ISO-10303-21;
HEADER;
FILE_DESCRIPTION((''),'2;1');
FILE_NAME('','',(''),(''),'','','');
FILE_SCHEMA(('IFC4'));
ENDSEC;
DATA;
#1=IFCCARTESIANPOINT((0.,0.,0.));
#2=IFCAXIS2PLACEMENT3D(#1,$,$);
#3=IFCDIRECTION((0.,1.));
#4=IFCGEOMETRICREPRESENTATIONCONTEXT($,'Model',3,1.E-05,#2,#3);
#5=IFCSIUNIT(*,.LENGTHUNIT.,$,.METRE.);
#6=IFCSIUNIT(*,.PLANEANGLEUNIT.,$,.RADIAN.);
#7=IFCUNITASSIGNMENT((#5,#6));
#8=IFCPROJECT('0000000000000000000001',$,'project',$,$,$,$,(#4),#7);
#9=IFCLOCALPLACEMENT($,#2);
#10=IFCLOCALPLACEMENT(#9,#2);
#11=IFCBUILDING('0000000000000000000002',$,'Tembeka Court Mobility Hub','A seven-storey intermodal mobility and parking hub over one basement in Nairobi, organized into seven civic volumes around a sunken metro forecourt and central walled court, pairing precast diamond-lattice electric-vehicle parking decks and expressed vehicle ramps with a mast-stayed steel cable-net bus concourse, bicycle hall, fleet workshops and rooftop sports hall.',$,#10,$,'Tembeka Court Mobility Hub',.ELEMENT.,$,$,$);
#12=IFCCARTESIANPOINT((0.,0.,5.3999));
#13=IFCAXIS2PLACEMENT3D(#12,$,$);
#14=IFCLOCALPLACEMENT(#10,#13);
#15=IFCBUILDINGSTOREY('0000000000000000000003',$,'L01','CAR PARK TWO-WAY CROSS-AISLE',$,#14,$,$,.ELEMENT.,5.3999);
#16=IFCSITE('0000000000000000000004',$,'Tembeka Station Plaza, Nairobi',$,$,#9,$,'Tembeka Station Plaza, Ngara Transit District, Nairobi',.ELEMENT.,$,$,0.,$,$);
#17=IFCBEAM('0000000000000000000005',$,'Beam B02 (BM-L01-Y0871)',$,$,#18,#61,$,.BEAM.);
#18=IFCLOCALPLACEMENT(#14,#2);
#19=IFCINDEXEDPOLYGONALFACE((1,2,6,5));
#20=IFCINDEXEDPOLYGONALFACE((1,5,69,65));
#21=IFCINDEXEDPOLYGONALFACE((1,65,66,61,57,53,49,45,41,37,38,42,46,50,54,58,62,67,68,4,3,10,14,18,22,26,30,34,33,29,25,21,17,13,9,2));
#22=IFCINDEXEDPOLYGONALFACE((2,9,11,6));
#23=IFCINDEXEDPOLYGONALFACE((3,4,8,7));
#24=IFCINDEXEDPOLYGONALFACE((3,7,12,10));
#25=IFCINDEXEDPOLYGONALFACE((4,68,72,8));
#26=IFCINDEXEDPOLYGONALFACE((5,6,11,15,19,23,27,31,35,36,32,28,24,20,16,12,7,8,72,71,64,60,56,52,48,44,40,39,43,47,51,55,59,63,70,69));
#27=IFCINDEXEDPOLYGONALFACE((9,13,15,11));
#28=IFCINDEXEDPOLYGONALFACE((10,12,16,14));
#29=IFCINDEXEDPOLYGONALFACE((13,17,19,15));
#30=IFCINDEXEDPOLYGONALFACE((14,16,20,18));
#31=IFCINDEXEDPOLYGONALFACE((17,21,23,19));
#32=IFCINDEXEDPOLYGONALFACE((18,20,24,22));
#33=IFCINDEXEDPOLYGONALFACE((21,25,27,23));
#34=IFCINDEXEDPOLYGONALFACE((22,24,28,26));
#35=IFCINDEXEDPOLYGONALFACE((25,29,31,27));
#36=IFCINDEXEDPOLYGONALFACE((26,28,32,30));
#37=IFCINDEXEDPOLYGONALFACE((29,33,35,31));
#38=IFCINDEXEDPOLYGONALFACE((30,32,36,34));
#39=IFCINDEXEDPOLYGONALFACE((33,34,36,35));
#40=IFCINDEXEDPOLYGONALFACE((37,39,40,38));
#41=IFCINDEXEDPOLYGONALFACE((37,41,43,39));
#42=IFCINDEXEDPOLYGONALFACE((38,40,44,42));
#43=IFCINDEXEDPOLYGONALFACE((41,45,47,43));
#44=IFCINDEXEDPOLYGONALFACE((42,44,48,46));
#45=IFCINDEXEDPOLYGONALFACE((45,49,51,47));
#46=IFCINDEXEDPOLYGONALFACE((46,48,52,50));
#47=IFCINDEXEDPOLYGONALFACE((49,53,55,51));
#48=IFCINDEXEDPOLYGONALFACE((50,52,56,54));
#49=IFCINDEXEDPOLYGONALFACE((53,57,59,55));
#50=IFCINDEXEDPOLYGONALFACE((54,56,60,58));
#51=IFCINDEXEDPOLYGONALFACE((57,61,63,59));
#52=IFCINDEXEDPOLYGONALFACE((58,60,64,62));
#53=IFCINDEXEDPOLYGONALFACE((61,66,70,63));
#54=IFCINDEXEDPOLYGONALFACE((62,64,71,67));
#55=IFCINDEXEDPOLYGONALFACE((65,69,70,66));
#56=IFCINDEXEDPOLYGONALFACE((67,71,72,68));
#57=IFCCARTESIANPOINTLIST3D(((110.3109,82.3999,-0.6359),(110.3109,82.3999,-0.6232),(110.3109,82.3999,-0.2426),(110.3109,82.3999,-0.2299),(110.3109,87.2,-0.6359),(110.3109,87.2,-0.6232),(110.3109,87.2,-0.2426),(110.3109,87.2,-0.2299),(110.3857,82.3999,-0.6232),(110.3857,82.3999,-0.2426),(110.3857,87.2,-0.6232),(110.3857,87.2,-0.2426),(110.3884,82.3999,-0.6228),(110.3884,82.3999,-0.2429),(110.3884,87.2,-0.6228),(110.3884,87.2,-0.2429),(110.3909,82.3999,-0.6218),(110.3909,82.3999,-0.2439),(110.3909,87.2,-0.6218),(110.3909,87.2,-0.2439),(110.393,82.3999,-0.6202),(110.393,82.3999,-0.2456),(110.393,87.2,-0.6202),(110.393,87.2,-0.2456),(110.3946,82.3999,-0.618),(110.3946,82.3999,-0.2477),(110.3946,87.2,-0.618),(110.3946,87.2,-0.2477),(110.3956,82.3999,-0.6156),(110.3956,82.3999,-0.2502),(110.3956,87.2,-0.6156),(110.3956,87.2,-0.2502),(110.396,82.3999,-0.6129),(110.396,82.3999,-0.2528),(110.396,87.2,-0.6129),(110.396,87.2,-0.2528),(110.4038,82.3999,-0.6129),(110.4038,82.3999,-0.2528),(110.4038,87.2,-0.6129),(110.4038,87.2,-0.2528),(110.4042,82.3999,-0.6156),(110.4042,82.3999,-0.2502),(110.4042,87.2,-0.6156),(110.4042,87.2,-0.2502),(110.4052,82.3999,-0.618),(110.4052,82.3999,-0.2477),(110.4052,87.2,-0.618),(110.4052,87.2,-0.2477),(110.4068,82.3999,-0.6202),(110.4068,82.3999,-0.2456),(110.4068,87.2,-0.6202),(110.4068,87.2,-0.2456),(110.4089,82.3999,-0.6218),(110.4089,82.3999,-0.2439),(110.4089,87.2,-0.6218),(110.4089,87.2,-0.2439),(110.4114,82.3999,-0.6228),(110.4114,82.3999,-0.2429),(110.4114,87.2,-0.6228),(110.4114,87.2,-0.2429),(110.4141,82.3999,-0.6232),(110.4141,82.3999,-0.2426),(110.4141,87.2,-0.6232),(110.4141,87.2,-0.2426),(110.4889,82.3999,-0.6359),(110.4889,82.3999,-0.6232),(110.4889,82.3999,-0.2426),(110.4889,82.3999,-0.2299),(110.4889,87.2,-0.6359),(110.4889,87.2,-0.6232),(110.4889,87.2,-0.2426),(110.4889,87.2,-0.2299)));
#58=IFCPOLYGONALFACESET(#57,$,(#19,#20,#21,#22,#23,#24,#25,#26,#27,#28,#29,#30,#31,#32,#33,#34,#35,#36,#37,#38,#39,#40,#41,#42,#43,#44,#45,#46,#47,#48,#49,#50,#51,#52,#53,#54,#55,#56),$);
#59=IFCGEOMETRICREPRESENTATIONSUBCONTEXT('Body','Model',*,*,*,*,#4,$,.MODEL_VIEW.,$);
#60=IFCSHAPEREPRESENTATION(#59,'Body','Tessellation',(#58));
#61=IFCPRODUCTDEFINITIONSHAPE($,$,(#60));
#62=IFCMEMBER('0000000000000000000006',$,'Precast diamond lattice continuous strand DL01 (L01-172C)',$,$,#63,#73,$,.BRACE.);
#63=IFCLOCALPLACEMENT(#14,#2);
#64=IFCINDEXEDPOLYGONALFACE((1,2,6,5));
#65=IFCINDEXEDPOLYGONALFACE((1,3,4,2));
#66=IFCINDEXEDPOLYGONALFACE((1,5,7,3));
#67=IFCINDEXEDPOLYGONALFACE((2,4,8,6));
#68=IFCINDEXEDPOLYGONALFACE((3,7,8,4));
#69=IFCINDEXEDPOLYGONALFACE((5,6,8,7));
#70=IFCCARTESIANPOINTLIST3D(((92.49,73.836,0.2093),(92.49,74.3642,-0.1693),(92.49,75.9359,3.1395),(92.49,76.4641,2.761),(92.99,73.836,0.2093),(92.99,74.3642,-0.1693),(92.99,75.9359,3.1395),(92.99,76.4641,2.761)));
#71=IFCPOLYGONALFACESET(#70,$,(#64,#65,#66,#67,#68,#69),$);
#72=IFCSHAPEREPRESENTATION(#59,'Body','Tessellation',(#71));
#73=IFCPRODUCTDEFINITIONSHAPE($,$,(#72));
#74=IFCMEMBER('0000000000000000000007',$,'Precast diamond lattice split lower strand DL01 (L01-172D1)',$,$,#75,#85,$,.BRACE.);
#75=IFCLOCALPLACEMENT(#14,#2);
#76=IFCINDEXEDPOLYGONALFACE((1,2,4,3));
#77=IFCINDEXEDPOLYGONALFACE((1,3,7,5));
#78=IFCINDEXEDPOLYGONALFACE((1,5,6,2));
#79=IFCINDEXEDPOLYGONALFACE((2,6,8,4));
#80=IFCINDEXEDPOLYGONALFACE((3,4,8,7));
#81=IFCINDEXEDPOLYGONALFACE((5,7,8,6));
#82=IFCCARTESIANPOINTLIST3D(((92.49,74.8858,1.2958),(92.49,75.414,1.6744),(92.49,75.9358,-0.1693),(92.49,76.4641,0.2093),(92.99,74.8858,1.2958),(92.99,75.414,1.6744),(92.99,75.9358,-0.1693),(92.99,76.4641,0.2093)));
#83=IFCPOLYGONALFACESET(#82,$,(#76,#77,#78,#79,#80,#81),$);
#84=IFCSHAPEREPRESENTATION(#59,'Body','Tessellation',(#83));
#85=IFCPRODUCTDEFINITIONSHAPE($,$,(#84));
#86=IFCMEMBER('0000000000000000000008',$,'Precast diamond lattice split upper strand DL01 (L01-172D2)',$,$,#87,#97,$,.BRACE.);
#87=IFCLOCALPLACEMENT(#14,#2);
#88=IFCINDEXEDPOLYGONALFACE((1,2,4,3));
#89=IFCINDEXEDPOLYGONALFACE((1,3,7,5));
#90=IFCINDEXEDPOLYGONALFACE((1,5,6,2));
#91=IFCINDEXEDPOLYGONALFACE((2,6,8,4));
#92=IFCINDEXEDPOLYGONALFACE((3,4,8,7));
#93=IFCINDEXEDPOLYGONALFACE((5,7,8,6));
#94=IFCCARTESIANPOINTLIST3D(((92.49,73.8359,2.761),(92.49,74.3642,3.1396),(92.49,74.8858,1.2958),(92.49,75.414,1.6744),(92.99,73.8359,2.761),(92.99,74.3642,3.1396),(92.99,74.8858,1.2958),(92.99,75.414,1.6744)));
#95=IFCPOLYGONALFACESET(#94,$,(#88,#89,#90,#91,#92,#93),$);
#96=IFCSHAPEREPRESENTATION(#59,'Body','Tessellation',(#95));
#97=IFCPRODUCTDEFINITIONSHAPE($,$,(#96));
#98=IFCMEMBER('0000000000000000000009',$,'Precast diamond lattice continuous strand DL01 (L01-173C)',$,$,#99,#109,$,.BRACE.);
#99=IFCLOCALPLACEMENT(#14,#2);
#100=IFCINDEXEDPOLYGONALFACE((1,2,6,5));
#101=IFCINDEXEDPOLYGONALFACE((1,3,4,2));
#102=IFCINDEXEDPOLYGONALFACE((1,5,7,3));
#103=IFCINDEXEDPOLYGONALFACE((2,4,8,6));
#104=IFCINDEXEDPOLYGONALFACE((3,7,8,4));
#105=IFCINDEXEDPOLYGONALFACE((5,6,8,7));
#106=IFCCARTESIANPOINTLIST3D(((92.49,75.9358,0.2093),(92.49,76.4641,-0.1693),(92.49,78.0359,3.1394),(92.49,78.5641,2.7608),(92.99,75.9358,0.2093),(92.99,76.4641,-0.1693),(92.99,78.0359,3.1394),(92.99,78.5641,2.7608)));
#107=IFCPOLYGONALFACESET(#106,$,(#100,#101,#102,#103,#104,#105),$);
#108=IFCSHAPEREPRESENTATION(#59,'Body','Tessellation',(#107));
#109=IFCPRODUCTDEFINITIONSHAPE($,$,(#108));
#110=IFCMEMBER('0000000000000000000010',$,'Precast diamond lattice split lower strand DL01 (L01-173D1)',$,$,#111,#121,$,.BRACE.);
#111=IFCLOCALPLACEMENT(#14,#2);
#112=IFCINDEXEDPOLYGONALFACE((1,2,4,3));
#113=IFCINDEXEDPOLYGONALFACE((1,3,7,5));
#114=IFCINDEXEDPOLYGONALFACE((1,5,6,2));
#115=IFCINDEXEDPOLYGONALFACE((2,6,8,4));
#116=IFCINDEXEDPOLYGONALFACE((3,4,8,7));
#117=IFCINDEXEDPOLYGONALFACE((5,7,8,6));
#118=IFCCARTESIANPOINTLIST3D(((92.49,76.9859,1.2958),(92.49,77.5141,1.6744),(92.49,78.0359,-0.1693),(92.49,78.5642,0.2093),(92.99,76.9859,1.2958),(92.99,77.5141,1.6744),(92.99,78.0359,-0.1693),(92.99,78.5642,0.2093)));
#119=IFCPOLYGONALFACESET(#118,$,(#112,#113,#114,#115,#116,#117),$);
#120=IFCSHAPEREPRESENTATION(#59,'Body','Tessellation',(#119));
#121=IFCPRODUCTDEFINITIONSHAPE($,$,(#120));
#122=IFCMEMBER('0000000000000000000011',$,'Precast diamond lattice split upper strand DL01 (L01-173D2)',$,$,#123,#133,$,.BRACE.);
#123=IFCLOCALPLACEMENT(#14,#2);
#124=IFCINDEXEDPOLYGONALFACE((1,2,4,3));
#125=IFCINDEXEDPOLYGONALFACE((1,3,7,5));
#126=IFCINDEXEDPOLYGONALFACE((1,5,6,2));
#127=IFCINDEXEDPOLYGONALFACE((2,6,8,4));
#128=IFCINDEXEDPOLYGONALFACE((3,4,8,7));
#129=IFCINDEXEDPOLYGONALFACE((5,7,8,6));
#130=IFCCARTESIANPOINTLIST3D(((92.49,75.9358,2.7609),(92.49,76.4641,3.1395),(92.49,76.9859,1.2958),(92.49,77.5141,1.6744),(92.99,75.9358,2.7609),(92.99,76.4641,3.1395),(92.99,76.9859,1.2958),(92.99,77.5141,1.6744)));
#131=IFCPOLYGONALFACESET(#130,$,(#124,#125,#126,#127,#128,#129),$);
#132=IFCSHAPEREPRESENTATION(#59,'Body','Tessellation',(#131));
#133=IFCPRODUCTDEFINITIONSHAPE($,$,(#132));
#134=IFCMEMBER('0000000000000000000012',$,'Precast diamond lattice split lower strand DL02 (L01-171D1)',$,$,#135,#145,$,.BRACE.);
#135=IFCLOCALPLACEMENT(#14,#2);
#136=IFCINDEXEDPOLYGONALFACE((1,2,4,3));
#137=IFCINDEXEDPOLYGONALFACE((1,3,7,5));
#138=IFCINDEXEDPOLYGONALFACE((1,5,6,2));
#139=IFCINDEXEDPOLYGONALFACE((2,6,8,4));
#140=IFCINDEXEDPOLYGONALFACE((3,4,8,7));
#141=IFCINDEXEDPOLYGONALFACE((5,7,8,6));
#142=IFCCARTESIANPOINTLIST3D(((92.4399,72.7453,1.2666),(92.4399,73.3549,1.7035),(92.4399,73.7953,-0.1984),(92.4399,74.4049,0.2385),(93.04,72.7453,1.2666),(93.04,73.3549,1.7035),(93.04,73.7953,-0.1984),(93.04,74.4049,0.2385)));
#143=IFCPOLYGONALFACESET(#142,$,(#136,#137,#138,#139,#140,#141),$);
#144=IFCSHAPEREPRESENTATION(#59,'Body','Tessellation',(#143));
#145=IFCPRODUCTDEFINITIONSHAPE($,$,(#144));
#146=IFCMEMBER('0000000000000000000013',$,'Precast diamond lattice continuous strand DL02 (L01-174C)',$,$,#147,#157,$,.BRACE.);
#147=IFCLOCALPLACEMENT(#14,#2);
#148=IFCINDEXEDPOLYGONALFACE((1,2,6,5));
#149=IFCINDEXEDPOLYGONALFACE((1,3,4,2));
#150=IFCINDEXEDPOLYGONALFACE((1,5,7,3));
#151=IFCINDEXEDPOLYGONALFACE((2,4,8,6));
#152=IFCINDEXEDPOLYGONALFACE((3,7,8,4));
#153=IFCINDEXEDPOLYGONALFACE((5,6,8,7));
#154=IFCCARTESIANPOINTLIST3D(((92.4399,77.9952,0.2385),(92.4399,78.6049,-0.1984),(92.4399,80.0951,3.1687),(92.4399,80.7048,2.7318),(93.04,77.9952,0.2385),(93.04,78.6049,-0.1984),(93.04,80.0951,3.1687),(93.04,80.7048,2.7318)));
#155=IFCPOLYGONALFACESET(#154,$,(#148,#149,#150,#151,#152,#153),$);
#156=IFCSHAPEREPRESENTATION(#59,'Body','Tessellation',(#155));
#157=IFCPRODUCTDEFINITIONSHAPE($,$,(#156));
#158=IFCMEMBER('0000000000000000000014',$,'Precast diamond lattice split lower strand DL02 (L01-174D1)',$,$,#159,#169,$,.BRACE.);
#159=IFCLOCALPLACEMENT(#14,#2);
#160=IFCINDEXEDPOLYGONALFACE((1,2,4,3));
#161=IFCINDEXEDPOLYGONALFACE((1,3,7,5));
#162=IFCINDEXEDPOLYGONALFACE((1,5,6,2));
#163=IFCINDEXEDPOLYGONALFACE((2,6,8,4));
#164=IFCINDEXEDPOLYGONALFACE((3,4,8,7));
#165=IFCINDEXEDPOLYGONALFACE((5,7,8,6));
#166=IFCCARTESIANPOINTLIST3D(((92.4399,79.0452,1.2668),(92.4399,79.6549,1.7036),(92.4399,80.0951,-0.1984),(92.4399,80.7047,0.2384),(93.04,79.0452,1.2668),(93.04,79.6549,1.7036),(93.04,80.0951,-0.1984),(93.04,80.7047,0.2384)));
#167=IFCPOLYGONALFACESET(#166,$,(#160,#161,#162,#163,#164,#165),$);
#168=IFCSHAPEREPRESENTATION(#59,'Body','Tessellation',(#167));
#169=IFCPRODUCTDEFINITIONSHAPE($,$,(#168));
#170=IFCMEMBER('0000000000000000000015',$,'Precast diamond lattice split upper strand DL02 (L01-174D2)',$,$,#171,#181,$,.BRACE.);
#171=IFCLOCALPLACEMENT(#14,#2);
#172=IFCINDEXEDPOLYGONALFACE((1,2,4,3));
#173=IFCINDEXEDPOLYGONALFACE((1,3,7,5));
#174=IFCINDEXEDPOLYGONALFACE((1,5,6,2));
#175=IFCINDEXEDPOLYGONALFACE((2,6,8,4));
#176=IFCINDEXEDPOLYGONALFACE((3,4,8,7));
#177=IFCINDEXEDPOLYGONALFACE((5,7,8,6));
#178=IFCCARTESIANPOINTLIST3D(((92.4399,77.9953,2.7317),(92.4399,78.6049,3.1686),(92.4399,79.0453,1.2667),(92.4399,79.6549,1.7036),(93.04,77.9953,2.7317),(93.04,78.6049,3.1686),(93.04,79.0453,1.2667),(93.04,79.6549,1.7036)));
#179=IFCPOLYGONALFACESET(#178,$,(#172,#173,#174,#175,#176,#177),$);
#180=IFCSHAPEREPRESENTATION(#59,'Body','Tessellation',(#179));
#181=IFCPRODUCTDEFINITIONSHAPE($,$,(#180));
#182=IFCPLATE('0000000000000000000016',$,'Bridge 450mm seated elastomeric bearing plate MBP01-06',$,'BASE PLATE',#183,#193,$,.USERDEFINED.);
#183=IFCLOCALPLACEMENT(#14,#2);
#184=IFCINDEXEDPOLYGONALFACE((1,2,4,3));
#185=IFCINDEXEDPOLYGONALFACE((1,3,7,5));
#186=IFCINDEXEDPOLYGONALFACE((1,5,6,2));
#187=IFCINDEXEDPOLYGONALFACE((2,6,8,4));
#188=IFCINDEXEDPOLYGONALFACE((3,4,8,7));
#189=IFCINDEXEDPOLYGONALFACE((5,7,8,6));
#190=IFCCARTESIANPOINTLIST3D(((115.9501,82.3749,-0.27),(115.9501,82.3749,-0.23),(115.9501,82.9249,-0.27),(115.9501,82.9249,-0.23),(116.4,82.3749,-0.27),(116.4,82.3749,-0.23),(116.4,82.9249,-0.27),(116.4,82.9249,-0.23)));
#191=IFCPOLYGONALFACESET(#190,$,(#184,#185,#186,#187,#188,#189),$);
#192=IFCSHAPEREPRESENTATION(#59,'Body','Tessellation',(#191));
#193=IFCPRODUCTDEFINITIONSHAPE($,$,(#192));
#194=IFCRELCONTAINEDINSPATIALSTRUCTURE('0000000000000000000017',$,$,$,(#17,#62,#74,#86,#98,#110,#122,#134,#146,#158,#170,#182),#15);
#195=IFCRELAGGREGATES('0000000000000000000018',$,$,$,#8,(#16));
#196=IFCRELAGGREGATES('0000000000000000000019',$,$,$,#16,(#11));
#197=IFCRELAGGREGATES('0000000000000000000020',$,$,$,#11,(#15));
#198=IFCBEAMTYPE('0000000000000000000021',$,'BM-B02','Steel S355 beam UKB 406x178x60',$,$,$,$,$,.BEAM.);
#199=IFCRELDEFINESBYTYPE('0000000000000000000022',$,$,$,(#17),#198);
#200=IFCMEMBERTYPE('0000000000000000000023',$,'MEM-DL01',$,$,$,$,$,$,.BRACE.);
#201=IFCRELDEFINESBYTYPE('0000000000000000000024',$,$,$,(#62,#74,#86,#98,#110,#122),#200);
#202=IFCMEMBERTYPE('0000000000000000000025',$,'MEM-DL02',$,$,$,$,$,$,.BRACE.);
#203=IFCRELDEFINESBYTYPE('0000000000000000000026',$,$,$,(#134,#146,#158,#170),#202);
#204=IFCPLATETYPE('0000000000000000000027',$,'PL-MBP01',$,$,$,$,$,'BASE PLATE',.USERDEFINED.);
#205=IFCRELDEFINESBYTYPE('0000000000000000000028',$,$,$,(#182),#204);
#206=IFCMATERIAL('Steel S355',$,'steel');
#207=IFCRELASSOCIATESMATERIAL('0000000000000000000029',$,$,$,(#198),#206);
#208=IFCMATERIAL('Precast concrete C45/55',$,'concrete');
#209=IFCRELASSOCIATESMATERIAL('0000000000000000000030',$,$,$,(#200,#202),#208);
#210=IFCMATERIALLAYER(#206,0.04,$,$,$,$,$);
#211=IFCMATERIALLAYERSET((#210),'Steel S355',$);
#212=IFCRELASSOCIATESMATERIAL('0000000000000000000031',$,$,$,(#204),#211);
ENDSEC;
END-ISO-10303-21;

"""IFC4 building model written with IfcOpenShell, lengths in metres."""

from ifc_helpers import new_model, si_unit, direction, frame, origin, origin_2d, place, context, subcontext, project, spatial, rectangle, i_section, extrude, material, layer, layer_set, material_profile, profile_set, type_object, element, save


model = new_model("IFC4")

# Units and contexts
model_context = context("Model", 3, precision=1e-05, world=origin(), true_north=direction((0.0, 1.0)))
body_context = subcontext(model_context, "Body", "Model", "MODEL_VIEW")
ifc_project = project(units=[si_unit("LENGTHUNIT", "METRE"), si_unit("PLANEANGLEUNIT", "RADIAN")], contexts=[model_context])

# Site, building, storey
site_placement = place(None, origin())
site = spatial("IfcSite", under=ifc_project, at=site_placement, Name="Tembeka Station Plaza, Nairobi", LongName="Tembeka Station Plaza, Ngara Transit District, Nairobi", CompositionType="ELEMENT", RefElevation=0.0)
building_placement = place(site_placement, origin())
building = spatial("IfcBuilding", under=site, at=building_placement, Name="Tembeka Court Mobility Hub", Description="A seven-storey intermodal mobility and parking hub over one basement in Nairobi, organized into seven civic volumes around a sunken metro forecourt and central walled court, pairing precast diamond-lattice electric-vehicle parking decks and expressed vehicle ramps with a mast-stayed steel cable-net bus concourse, bicycle hall, fleet workshops and rooftop sports hall.", LongName="Tembeka Court Mobility Hub", CompositionType="ELEMENT")
storey_placement = place(building_placement, frame((0.0, 0.0, 5.3999)))
storey = spatial("IfcBuildingStorey", under=building, at=storey_placement, Name="L01", Description="CAR PARK TWO-WAY CROSS-AISLE", CompositionType="ELEMENT", Elevation=5.3999)

# Shared definitions
ifc_material_1 = material(Name="Steel S355", Category="steel")

# Beam
ifc_material_profile_1 = material_profile(ifc_material_1, i_section(OverallWidth=0.178, OverallDepth=0.406, WebThickness=0.0078, FlangeThickness=0.0127, FilletRadius=0.0103, at=origin_2d()), Name="UKB 406x178x60")
ifc_profile_set_1 = profile_set([ifc_material_profile_1], Name="Steel S355")
beam_type_1 = type_object("IfcBeamType", Name="BM-B02", Description="Steel S355 beam UKB 406x178x60", PredefinedType="BEAM", material=ifc_profile_set_1)
for number, where, z_axis, x_axis, name in (
    (1, (110.3999, 82.3999, -0.4329), (0.0, 1.0, 0.0), (-1.0, 0.0, 0.0), "Beam B02 (BM-L01-Y0871)"),
):
    element("IfcBeam", number, at=place(storey_placement, frame(where, z_axis=z_axis, x_axis=x_axis)), inside=storey, type_object=beam_type_1, Name=name, PredefinedType="BEAM", context=body_context, shape_type="SweptSolid", body=[
        extrude(i_section(OverallWidth=0.178, OverallDepth=0.406, WebThickness=0.0078, FlangeThickness=0.0127, FilletRadius=0.0103, at=origin_2d()), origin(), (0.0, 0.0, 1.0), 4.8),
    ])

# Members
ifc_material_2 = material(Name="Precast concrete C45/55", Category="concrete")
ifc_material_profile_2 = material_profile(ifc_material_2, rectangle(XDim=0.5, YDim=0.6499, at=origin_2d()), Name="PC-DIAG 500x650")
ifc_profile_set_2 = profile_set([ifc_material_profile_2], Name="Precast concrete C45/55")
member_type_1 = type_object("IfcMemberType", Name="MEM-DL01", PredefinedType="BRACE", material=ifc_profile_set_2)
member_1_placement = place(storey_placement, frame((92.74, 74.1001, 0.02), z_axis=(0.0, 0.5825, 0.812831), x_axis=(-1.0, 0.0, 0.0)))
element("IfcMember", 2, at=member_1_placement, inside=storey, type_object=member_type_1, Name="Precast diamond lattice continuous strand DL01 (L01-172C)", PredefinedType="BRACE", context=body_context, shape_type="SweptSolid", body=[
    extrude(rectangle(XDim=0.5, YDim=0.6499, at=origin_2d()), origin(), (0.0, 0.0, 1.0), 3.605),
])
for number, where, z_axis, x_axis, name in (
    (3, (92.74, 76.2, 0.02), (0.0, -0.582544, 0.812799), (1.0, 0.0, 0.0), "Precast diamond lattice split lower strand DL01 (L01-172D1)"),
    (4, (92.74, 75.1499, 1.4851), (0.0, -0.582455, 0.812863), (1.0, 0.0, 0.0), "Precast diamond lattice split upper strand DL01 (L01-172D2)"),
):
    element("IfcMember", number, at=place(storey_placement, frame(where, z_axis=z_axis, x_axis=x_axis)), inside=storey, type_object=member_type_1, Name=name, PredefinedType="BRACE", context=body_context, shape_type="SweptSolid", body=[
        extrude(rectangle(XDim=0.5, YDim=0.6499, at=origin_2d()), origin(), (0.0, 0.0, 1.0), 1.8025),
    ])
member_2_placement = place(storey_placement, frame((92.74, 76.2, 0.02), z_axis=(0.0, 0.582544, 0.812799), x_axis=(-1.0, 0.0, 0.0)))
element("IfcMember", 5, at=member_2_placement, inside=storey, type_object=member_type_1, Name="Precast diamond lattice continuous strand DL01 (L01-173C)", PredefinedType="BRACE", context=body_context, shape_type="SweptSolid", body=[
    extrude(rectangle(XDim=0.5, YDim=0.6499, at=origin_2d()), origin(), (0.0, 0.0, 1.0), 3.605),
])
for number, where, z_axis, x_axis, name in (
    (6, (92.74, 78.3, 0.02), (0.0, -0.582544, 0.812799), (1.0, 0.0, 0.0), "Precast diamond lattice split lower strand DL01 (L01-173D1)"),
    (7, (92.74, 77.25, 1.4851), (0.0, -0.582544, 0.812799), (1.0, 0.0, 0.0), "Precast diamond lattice split upper strand DL01 (L01-173D2)"),
):
    element("IfcMember", number, at=place(storey_placement, frame(where, z_axis=z_axis, x_axis=x_axis)), inside=storey, type_object=member_type_1, Name=name, PredefinedType="BRACE", context=body_context, shape_type="SweptSolid", body=[
        extrude(rectangle(XDim=0.5, YDim=0.6499, at=origin_2d()), origin(), (0.0, 0.0, 1.0), 1.8025),
    ])
ifc_material_profile_3 = material_profile(ifc_material_2, rectangle(XDim=0.6001, YDim=0.75, at=origin_2d()), Name="PC-DIAG 600x750")
ifc_profile_set_3 = profile_set([ifc_material_profile_3], Name="Precast concrete C45/55")
member_type_2 = type_object("IfcMemberType", Name="MEM-DL02", PredefinedType="BRACE", material=ifc_profile_set_3)
member_3_placement = place(storey_placement, frame((92.74, 74.1001, 0.02), z_axis=(0.0, -0.582544, 0.812799), x_axis=(1.0, 0.0, 0.0)))
element("IfcMember", 8, at=member_3_placement, inside=storey, type_object=member_type_2, Name="Precast diamond lattice split lower strand DL02 (L01-171D1)", PredefinedType="BRACE", context=body_context, shape_type="SweptSolid", body=[
    extrude(rectangle(XDim=0.6001, YDim=0.75, at=origin_2d()), origin(), (0.0, 0.0, 1.0), 1.8025),
])
member_4_placement = place(storey_placement, frame((92.74, 78.3, 0.02), z_axis=(0.0, 0.5825, 0.812831), x_axis=(-1.0, 0.0, 0.0)))
element("IfcMember", 9, at=member_4_placement, inside=storey, type_object=member_type_2, Name="Precast diamond lattice continuous strand DL02 (L01-174C)", PredefinedType="BRACE", context=body_context, shape_type="SweptSolid", body=[
    extrude(rectangle(XDim=0.6001, YDim=0.75, at=origin_2d()), origin(), (0.0, 0.0, 1.0), 3.605),
])
for number, where, z_axis, x_axis, name in (
    (10, (92.74, 80.3999, 0.02), (0.0, -0.582455, 0.812863), (1.0, 0.0, 0.0), "Precast diamond lattice split lower strand DL02 (L01-174D1)"),
    (11, (92.74, 79.3501, 1.4851), (0.0, -0.582544, 0.812799), (1.0, 0.0, 0.0), "Precast diamond lattice split upper strand DL02 (L01-174D2)"),
):
    element("IfcMember", number, at=place(storey_placement, frame(where, z_axis=z_axis, x_axis=x_axis)), inside=storey, type_object=member_type_2, Name=name, PredefinedType="BRACE", context=body_context, shape_type="SweptSolid", body=[
        extrude(rectangle(XDim=0.6001, YDim=0.75, at=origin_2d()), origin(), (0.0, 0.0, 1.0), 1.8025),
    ])

# Plate
ifc_layer_1 = layer(ifc_material_1, 0.04)
ifc_layer_set_1 = layer_set([ifc_layer_1], Name="Steel S355")
plate_type_1 = type_object("IfcPlateType", Name="PL-MBP01", ElementType="BASE PLATE", PredefinedType="USERDEFINED", material=ifc_layer_set_1)
for number, where, z_axis, x_axis, name in (
    (12, (116.175, 82.6499, -0.27), (0.0, 0.0, 1.0), (1.0, 0.0, 0.0), "Bridge 450mm seated elastomeric bearing plate MBP01-06"),
):
    element("IfcPlate", number, at=place(storey_placement, frame(where, z_axis=z_axis, x_axis=x_axis)), inside=storey, type_object=plate_type_1, Name=name, ObjectType="BASE PLATE", PredefinedType="USERDEFINED", context=body_context, shape_type="SweptSolid", body=[
        extrude(rectangle(XDim=0.45, YDim=0.55, at=origin_2d()), origin(), (0.0, 0.0, 1.0), 0.04),
    ])

save(model, "model.ifc")
